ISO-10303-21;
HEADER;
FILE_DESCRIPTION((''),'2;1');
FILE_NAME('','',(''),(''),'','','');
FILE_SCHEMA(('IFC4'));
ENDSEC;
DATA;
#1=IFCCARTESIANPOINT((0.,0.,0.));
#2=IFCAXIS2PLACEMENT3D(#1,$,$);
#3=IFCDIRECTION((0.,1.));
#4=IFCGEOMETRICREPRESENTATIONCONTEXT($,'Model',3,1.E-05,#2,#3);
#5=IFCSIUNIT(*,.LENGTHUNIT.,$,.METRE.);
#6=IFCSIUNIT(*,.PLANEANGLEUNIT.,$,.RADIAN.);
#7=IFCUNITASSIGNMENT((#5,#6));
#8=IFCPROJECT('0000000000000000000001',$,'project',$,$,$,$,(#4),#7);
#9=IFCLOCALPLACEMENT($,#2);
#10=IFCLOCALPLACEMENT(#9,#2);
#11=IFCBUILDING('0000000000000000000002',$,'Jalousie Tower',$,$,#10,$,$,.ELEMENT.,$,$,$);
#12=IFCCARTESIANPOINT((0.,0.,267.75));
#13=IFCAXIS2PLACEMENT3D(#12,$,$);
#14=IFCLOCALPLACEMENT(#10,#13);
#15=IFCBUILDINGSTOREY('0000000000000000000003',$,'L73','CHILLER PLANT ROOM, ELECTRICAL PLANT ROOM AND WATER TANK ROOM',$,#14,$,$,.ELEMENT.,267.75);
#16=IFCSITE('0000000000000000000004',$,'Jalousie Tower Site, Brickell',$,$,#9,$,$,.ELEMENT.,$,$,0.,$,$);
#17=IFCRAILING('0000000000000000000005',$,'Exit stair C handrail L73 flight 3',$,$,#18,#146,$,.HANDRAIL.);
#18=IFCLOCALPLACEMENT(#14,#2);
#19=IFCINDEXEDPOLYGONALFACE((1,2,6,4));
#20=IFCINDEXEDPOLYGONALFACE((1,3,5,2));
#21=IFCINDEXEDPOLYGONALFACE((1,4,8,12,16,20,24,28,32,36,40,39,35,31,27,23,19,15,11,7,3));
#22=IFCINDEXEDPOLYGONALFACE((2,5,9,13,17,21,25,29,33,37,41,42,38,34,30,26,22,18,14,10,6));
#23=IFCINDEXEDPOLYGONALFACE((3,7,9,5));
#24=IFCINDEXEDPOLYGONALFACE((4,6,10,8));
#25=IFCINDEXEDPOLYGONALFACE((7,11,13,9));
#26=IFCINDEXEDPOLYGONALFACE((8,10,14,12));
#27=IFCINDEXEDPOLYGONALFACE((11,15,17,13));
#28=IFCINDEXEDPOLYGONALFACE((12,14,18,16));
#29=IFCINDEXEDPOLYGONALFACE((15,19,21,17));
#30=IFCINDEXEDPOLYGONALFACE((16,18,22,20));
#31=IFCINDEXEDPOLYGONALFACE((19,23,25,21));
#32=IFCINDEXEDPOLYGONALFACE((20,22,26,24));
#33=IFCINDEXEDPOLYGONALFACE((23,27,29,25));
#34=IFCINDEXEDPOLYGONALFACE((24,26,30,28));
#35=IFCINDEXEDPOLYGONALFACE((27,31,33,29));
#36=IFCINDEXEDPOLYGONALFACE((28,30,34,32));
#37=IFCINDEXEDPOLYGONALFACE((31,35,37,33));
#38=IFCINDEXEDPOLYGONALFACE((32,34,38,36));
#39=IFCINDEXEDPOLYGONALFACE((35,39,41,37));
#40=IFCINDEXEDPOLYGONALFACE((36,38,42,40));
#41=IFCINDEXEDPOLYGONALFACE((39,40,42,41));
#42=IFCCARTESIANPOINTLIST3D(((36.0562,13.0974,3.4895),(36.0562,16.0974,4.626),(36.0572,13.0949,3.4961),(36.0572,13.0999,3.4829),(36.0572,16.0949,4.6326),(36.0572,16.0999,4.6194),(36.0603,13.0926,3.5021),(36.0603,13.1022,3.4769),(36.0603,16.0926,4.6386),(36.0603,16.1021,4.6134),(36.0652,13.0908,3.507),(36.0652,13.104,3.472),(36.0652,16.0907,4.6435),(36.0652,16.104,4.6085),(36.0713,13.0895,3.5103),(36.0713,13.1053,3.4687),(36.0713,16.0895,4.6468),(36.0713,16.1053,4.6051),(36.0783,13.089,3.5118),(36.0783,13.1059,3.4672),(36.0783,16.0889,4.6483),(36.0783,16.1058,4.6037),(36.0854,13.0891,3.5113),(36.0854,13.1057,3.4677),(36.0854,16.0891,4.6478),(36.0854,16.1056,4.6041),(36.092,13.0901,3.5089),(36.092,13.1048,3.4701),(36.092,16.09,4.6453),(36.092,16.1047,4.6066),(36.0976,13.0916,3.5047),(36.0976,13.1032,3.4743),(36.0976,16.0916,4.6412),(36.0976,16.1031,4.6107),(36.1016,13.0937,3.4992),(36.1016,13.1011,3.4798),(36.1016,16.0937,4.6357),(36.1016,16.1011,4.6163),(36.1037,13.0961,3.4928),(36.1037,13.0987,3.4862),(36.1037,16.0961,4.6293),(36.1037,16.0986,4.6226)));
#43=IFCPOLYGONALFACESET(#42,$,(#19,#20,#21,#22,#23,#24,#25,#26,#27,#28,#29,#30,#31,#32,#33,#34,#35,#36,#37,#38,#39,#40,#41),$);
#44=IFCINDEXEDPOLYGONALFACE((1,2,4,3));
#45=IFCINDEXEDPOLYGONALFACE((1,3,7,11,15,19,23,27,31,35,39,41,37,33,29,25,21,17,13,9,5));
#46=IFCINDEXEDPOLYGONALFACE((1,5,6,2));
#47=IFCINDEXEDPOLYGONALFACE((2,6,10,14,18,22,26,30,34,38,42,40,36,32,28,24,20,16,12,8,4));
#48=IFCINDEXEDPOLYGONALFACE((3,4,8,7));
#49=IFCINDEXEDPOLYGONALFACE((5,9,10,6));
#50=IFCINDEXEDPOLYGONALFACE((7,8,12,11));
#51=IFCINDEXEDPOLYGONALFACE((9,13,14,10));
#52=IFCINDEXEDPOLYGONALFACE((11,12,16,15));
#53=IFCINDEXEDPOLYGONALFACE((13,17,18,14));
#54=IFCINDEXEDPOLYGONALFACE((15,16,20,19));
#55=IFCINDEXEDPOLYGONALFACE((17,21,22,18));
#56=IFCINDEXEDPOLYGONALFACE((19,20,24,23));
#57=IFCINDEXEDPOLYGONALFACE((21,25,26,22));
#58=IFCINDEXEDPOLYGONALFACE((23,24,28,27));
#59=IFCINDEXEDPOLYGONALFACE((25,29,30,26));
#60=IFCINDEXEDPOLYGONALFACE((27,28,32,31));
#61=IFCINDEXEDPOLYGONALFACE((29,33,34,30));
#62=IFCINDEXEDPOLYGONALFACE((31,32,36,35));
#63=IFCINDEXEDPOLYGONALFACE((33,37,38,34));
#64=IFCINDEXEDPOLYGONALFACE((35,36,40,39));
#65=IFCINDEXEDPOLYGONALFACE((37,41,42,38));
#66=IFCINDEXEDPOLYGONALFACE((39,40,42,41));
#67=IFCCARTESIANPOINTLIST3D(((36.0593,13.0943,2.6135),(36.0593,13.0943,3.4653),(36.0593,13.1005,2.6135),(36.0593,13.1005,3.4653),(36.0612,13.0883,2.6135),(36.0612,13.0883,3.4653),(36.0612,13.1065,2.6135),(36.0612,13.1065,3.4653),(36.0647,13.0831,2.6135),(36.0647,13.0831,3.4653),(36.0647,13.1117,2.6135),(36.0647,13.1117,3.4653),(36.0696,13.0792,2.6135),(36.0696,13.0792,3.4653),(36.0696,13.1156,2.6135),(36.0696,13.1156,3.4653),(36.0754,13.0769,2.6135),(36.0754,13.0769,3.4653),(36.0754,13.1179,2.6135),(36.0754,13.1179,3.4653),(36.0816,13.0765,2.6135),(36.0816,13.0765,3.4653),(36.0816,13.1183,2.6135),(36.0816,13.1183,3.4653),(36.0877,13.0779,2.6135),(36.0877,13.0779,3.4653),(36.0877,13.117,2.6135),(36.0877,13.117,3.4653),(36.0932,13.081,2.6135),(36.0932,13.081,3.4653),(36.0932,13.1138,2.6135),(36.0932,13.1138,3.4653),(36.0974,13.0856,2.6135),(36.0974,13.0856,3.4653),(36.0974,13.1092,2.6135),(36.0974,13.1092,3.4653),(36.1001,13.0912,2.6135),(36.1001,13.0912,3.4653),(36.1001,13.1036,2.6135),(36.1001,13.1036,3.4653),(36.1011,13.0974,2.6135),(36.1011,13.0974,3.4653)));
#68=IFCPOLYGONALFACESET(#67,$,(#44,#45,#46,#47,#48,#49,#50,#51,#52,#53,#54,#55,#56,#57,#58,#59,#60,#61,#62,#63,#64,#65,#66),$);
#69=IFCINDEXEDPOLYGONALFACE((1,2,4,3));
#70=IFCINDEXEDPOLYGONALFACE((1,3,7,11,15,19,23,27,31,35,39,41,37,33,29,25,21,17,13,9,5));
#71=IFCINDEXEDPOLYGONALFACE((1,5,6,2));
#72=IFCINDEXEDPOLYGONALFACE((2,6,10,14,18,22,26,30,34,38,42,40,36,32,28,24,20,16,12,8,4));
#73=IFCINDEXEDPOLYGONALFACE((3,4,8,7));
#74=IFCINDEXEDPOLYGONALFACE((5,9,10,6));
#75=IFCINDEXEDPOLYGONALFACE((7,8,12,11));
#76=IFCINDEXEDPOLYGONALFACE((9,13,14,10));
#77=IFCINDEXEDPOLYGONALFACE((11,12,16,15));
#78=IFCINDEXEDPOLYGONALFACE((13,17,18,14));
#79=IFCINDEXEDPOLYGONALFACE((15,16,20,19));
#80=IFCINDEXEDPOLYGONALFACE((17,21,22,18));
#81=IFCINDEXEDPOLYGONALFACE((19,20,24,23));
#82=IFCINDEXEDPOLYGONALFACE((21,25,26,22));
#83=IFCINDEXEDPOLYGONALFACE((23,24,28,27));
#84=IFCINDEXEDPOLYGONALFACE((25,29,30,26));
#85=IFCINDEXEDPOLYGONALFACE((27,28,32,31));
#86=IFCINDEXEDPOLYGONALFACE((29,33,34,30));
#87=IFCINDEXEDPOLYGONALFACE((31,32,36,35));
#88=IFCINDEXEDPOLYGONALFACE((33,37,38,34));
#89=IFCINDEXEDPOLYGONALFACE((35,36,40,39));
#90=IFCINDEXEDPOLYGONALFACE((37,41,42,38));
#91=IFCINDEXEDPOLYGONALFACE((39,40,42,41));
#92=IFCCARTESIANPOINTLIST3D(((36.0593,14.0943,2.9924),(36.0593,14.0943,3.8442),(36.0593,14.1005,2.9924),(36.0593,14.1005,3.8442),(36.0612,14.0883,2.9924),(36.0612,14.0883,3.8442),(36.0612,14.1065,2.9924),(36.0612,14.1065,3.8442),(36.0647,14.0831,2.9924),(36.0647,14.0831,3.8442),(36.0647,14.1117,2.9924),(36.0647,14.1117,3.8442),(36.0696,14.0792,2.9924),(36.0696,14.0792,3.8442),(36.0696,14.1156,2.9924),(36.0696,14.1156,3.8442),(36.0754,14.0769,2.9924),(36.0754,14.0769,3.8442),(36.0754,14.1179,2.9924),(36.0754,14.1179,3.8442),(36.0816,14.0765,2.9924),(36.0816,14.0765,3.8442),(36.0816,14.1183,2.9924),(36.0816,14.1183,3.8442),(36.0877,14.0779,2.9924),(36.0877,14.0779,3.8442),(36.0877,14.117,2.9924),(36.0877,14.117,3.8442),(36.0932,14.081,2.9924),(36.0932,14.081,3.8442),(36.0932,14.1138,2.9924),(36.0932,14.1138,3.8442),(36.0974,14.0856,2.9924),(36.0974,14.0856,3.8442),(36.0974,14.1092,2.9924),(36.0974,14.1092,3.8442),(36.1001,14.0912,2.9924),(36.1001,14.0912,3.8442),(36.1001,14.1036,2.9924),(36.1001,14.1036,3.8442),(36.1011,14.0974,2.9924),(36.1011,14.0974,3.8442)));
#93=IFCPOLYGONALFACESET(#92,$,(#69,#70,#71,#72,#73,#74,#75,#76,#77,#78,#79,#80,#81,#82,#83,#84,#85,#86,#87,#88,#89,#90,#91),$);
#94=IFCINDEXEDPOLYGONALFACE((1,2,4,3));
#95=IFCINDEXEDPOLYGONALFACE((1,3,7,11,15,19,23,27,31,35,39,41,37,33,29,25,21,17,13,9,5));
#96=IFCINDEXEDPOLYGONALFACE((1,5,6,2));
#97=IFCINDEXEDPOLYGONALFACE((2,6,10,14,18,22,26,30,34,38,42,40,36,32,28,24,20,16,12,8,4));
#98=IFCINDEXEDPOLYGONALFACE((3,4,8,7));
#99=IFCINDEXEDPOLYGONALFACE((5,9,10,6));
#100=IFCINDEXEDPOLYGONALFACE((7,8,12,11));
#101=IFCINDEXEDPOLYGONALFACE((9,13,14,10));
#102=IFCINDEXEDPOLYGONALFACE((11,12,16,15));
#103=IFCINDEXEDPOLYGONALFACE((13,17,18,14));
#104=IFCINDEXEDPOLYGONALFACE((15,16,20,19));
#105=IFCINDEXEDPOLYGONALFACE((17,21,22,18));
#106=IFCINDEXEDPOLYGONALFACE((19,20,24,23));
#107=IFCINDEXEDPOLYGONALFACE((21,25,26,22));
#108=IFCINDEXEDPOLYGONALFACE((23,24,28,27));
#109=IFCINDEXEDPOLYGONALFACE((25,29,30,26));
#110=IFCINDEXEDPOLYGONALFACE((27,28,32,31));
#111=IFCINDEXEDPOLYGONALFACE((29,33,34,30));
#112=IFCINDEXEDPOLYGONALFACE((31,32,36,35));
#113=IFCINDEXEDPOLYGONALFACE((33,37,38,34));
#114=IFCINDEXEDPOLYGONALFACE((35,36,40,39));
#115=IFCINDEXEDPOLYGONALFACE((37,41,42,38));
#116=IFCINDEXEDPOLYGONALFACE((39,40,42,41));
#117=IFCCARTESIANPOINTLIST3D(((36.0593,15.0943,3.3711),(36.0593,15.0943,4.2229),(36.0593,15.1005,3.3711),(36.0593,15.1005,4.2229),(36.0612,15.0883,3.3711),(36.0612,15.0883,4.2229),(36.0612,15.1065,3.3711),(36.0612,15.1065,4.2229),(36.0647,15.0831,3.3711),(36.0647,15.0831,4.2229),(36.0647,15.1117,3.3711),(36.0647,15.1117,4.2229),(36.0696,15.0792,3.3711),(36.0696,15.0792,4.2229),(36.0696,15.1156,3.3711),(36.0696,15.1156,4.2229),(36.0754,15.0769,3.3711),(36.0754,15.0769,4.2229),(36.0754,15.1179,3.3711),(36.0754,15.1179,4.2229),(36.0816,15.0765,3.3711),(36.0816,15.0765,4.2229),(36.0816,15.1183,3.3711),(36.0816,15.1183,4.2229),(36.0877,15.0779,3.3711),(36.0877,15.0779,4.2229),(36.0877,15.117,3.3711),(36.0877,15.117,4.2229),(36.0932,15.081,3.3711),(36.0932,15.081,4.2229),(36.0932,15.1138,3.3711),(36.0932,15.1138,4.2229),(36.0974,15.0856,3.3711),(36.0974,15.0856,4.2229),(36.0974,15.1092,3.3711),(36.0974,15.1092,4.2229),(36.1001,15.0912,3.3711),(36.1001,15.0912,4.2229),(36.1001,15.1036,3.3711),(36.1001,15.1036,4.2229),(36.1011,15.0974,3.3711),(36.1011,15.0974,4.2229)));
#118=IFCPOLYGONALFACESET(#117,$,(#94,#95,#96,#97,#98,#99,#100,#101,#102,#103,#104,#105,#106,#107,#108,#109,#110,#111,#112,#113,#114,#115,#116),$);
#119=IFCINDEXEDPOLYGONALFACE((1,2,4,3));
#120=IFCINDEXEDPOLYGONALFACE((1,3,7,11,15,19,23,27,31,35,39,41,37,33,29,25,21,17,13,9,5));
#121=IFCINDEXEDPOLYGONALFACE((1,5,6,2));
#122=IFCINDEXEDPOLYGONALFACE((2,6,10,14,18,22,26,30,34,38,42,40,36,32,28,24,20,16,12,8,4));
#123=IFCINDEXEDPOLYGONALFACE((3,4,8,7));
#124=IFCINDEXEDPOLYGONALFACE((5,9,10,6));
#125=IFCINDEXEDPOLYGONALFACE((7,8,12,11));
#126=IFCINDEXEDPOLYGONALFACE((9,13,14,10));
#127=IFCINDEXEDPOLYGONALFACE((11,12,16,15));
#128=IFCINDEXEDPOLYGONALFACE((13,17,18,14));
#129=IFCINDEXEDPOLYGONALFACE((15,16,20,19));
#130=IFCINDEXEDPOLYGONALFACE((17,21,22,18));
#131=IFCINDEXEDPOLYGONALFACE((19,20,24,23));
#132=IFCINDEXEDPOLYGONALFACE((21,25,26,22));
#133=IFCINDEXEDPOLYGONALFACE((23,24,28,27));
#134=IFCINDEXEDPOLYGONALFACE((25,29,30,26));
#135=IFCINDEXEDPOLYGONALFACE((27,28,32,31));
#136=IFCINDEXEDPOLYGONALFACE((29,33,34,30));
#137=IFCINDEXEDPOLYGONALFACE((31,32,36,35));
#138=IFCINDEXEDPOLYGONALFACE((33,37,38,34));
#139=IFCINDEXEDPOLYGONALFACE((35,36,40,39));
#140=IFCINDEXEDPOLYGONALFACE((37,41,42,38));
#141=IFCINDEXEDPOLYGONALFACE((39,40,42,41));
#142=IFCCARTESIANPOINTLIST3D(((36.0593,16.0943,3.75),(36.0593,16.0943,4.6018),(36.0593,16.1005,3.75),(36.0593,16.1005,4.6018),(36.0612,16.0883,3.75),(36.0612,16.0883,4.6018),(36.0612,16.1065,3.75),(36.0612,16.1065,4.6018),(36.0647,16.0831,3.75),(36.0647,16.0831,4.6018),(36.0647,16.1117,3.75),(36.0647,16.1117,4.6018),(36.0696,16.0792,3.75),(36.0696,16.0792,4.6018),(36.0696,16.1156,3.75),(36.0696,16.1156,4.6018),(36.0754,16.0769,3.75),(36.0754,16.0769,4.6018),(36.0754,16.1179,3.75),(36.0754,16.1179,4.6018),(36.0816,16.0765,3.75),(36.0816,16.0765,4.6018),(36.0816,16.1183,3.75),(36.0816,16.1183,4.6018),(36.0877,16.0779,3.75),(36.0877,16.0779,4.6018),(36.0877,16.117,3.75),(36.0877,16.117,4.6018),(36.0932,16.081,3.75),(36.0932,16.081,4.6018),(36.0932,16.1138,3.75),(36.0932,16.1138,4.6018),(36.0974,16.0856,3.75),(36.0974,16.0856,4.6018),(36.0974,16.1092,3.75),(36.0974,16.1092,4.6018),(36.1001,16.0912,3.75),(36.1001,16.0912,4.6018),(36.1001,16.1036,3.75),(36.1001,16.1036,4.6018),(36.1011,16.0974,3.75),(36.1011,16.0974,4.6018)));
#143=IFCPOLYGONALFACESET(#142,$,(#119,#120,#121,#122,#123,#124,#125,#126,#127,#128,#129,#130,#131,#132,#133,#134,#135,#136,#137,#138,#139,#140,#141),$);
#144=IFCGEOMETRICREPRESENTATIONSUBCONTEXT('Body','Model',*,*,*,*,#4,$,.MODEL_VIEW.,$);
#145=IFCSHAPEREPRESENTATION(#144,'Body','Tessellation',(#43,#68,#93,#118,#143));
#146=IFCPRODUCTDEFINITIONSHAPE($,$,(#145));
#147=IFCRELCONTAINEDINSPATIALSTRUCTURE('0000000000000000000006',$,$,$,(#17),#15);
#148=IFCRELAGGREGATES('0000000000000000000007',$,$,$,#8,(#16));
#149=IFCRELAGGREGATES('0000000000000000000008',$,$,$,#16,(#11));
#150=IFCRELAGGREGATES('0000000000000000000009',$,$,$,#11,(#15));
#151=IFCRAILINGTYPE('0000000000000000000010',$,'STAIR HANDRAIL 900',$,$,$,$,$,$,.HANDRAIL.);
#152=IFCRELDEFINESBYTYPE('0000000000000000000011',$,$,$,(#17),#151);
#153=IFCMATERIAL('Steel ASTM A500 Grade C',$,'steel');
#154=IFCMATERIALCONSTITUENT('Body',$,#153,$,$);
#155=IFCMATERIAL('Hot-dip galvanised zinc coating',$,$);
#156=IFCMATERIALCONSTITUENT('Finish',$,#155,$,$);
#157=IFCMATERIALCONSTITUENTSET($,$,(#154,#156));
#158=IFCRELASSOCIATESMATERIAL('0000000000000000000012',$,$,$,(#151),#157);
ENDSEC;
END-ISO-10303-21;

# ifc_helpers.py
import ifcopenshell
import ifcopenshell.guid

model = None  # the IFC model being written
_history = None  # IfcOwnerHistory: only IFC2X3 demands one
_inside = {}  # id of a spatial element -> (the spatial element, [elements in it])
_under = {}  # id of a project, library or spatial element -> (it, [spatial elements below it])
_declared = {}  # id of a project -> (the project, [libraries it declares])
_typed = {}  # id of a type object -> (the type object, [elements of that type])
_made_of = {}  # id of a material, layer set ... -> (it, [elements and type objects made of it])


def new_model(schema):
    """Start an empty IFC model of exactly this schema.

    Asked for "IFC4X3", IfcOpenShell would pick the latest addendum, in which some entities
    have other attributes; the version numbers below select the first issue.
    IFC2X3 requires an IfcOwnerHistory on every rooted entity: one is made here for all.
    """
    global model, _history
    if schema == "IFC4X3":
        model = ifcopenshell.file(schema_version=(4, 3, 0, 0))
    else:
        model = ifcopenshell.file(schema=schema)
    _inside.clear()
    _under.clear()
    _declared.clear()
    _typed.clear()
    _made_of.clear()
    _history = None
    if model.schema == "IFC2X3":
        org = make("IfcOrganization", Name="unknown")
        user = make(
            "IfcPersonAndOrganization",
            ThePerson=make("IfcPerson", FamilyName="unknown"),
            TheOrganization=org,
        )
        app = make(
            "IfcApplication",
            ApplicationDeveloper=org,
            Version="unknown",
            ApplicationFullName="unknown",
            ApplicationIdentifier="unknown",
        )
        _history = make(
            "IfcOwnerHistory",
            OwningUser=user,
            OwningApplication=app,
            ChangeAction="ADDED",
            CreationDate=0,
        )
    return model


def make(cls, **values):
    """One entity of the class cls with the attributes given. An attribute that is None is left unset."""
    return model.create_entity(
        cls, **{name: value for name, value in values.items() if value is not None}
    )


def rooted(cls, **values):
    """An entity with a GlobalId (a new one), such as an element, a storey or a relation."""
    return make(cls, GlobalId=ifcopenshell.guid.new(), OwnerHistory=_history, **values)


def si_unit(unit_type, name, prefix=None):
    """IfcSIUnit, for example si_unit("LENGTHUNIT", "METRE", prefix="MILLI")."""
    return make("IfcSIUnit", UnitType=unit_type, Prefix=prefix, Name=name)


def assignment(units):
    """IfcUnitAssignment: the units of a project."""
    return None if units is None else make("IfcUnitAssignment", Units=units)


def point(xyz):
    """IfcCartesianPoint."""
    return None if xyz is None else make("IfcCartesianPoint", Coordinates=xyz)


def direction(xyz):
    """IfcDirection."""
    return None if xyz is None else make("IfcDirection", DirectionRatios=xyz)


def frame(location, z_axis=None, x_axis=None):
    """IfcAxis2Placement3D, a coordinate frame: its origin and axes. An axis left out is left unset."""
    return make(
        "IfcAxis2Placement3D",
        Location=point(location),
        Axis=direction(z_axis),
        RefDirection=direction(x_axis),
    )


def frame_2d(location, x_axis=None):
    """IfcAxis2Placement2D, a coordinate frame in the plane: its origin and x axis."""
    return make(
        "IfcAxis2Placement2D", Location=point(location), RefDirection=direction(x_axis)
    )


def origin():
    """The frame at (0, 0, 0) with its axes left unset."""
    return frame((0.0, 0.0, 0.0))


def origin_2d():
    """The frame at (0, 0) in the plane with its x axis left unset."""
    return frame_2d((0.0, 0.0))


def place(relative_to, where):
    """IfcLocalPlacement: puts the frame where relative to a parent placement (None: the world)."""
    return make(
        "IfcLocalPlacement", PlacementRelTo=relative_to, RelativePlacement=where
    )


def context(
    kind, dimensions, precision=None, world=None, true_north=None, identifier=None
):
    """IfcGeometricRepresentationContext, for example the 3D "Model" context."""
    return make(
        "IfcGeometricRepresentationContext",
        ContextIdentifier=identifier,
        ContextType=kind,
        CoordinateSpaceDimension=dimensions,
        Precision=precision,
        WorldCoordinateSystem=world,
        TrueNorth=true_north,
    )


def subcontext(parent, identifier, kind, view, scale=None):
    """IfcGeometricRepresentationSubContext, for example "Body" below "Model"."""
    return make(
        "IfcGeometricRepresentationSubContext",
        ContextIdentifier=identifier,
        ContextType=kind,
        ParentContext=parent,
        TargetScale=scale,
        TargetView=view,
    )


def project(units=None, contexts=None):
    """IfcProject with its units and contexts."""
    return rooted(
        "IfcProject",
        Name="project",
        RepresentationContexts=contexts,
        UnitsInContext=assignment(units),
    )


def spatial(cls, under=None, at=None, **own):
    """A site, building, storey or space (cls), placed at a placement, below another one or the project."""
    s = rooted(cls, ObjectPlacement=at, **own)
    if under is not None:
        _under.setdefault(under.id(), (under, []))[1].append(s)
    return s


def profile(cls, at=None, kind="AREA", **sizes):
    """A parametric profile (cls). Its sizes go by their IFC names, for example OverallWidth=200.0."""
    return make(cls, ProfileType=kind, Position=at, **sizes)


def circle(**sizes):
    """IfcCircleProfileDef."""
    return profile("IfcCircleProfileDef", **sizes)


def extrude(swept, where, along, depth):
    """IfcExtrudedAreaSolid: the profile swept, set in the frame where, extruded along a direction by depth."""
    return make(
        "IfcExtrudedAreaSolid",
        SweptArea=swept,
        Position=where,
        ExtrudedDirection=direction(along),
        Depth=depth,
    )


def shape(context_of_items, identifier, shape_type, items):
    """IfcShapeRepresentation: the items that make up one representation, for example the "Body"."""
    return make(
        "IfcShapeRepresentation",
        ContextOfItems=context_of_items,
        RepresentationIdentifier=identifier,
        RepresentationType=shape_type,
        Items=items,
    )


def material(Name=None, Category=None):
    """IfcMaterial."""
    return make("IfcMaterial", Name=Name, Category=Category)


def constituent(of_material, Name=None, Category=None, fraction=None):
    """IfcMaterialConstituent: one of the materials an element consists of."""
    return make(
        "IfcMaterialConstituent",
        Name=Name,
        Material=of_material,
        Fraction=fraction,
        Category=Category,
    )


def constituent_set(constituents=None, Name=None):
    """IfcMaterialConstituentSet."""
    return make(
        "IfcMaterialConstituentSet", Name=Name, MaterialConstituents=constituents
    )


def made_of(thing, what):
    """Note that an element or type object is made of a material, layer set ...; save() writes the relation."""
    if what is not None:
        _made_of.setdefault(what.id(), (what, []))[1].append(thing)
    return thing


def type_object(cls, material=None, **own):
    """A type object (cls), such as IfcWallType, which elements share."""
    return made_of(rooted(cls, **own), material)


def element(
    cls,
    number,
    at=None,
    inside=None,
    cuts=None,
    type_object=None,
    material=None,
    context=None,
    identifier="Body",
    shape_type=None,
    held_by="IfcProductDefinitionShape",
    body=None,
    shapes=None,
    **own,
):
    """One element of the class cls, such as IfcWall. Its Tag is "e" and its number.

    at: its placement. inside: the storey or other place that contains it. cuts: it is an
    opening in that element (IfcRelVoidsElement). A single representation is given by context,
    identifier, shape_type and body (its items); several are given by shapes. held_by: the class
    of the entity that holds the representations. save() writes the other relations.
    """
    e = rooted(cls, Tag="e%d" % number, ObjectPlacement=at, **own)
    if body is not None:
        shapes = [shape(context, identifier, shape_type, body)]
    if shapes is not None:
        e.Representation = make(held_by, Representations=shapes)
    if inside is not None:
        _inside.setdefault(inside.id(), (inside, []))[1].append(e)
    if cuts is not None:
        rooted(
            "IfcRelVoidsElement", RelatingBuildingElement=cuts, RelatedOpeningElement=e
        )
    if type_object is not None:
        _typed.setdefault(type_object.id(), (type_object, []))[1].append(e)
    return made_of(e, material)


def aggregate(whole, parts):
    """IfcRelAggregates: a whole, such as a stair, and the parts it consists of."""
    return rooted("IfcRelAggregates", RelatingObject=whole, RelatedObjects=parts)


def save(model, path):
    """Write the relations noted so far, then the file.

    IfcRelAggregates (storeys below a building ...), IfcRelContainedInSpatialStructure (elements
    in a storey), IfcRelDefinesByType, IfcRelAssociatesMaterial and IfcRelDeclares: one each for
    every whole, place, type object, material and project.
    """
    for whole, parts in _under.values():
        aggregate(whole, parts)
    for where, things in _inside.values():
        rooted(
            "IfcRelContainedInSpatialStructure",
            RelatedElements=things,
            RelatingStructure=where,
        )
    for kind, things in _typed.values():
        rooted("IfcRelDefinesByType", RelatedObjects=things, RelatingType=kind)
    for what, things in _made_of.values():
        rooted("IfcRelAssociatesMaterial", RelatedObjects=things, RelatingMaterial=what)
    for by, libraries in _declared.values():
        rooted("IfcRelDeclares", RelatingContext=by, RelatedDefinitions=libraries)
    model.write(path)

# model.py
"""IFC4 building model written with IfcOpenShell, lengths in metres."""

from ifc_helpers import new_model, si_unit, direction, frame, origin, origin_2d, place, context, subcontext, project, spatial, circle, extrude, material, constituent, constituent_set, type_object, element, save


model = new_model("IFC4")

# Units and contexts
model_context = context("Model", 3, precision=1e-05, world=origin(), true_north=direction((0.0, 1.0)))
body_context = subcontext(model_context, "Body", "Model", "MODEL_VIEW")
ifc_project = project(units=[si_unit("LENGTHUNIT", "METRE"), si_unit("PLANEANGLEUNIT", "RADIAN")], contexts=[model_context])

# Site, building, storey
site_placement = place(None, origin())
site = spatial("IfcSite", under=ifc_project, at=site_placement, Name="Jalousie Tower Site, Brickell", CompositionType="ELEMENT", RefElevation=0.0)
building_placement = place(site_placement, origin())
building = spatial("IfcBuilding", under=site, at=building_placement, Name="Jalousie Tower", CompositionType="ELEMENT")
storey_placement = place(building_placement, frame((0.0, 0.0, 267.75)))
storey = spatial("IfcBuildingStorey", under=building, at=storey_placement, Name="L73", Description="CHILLER PLANT ROOM, ELECTRICAL PLANT ROOM AND WATER TANK ROOM", CompositionType="ELEMENT", Elevation=267.75)

# Railing
ifc_material_1 = material(Name="Steel ASTM A500 Grade C", Category="steel")
ifc_constituent_1 = constituent(ifc_material_1, Name="Body")
ifc_material_2 = material(Name="Hot-dip galvanised zinc coating")
ifc_constituent_2 = constituent(ifc_material_2, Name="Finish")
ifc_constituent_set_1 = constituent_set(constituents=[ifc_constituent_1, ifc_constituent_2])
railing_type_1 = type_object("IfcRailingType", Name="STAIR HANDRAIL 900", PredefinedType="HANDRAIL", material=ifc_constituent_set_1)
railing_1_placement = place(storey_placement, frame((36.0801, 13.0974, 2.6135)))
element("IfcRailing", 1, at=railing_1_placement, inside=storey, type_object=railing_type_1, Name="Exit stair C handrail L73 flight 3", PredefinedType="HANDRAIL", context=body_context, shape_type="SweptSolid", body=[
    extrude(circle(Radius=0.0239, at=origin_2d()), frame((0.0, 0.0, 0.876), z_axis=(0.0, 0.935148, 0.354257), x_axis=(-1.0, 0.0, 0.0)), (0.0, 0.0, 1.0), 3.208),
    extrude(circle(Radius=0.021, at=origin_2d()), origin(), (0.0, 0.0, 1.0), 0.8518),
    extrude(circle(Radius=0.021, at=origin_2d()), frame((0.0, 1.0, 0.3789)), (0.0, 0.0, 1.0), 0.8518),
    extrude(circle(Radius=0.021, at=origin_2d()), frame((0.0, 2.0, 0.7576)), (0.0, 0.0, 1.0), 0.8518),
    extrude(circle(Radius=0.021, at=origin_2d()), frame((0.0, 3.0, 1.1365)), (0.0, 0.0, 1.0), 0.8518),
])

save(model, "model.ifc")
